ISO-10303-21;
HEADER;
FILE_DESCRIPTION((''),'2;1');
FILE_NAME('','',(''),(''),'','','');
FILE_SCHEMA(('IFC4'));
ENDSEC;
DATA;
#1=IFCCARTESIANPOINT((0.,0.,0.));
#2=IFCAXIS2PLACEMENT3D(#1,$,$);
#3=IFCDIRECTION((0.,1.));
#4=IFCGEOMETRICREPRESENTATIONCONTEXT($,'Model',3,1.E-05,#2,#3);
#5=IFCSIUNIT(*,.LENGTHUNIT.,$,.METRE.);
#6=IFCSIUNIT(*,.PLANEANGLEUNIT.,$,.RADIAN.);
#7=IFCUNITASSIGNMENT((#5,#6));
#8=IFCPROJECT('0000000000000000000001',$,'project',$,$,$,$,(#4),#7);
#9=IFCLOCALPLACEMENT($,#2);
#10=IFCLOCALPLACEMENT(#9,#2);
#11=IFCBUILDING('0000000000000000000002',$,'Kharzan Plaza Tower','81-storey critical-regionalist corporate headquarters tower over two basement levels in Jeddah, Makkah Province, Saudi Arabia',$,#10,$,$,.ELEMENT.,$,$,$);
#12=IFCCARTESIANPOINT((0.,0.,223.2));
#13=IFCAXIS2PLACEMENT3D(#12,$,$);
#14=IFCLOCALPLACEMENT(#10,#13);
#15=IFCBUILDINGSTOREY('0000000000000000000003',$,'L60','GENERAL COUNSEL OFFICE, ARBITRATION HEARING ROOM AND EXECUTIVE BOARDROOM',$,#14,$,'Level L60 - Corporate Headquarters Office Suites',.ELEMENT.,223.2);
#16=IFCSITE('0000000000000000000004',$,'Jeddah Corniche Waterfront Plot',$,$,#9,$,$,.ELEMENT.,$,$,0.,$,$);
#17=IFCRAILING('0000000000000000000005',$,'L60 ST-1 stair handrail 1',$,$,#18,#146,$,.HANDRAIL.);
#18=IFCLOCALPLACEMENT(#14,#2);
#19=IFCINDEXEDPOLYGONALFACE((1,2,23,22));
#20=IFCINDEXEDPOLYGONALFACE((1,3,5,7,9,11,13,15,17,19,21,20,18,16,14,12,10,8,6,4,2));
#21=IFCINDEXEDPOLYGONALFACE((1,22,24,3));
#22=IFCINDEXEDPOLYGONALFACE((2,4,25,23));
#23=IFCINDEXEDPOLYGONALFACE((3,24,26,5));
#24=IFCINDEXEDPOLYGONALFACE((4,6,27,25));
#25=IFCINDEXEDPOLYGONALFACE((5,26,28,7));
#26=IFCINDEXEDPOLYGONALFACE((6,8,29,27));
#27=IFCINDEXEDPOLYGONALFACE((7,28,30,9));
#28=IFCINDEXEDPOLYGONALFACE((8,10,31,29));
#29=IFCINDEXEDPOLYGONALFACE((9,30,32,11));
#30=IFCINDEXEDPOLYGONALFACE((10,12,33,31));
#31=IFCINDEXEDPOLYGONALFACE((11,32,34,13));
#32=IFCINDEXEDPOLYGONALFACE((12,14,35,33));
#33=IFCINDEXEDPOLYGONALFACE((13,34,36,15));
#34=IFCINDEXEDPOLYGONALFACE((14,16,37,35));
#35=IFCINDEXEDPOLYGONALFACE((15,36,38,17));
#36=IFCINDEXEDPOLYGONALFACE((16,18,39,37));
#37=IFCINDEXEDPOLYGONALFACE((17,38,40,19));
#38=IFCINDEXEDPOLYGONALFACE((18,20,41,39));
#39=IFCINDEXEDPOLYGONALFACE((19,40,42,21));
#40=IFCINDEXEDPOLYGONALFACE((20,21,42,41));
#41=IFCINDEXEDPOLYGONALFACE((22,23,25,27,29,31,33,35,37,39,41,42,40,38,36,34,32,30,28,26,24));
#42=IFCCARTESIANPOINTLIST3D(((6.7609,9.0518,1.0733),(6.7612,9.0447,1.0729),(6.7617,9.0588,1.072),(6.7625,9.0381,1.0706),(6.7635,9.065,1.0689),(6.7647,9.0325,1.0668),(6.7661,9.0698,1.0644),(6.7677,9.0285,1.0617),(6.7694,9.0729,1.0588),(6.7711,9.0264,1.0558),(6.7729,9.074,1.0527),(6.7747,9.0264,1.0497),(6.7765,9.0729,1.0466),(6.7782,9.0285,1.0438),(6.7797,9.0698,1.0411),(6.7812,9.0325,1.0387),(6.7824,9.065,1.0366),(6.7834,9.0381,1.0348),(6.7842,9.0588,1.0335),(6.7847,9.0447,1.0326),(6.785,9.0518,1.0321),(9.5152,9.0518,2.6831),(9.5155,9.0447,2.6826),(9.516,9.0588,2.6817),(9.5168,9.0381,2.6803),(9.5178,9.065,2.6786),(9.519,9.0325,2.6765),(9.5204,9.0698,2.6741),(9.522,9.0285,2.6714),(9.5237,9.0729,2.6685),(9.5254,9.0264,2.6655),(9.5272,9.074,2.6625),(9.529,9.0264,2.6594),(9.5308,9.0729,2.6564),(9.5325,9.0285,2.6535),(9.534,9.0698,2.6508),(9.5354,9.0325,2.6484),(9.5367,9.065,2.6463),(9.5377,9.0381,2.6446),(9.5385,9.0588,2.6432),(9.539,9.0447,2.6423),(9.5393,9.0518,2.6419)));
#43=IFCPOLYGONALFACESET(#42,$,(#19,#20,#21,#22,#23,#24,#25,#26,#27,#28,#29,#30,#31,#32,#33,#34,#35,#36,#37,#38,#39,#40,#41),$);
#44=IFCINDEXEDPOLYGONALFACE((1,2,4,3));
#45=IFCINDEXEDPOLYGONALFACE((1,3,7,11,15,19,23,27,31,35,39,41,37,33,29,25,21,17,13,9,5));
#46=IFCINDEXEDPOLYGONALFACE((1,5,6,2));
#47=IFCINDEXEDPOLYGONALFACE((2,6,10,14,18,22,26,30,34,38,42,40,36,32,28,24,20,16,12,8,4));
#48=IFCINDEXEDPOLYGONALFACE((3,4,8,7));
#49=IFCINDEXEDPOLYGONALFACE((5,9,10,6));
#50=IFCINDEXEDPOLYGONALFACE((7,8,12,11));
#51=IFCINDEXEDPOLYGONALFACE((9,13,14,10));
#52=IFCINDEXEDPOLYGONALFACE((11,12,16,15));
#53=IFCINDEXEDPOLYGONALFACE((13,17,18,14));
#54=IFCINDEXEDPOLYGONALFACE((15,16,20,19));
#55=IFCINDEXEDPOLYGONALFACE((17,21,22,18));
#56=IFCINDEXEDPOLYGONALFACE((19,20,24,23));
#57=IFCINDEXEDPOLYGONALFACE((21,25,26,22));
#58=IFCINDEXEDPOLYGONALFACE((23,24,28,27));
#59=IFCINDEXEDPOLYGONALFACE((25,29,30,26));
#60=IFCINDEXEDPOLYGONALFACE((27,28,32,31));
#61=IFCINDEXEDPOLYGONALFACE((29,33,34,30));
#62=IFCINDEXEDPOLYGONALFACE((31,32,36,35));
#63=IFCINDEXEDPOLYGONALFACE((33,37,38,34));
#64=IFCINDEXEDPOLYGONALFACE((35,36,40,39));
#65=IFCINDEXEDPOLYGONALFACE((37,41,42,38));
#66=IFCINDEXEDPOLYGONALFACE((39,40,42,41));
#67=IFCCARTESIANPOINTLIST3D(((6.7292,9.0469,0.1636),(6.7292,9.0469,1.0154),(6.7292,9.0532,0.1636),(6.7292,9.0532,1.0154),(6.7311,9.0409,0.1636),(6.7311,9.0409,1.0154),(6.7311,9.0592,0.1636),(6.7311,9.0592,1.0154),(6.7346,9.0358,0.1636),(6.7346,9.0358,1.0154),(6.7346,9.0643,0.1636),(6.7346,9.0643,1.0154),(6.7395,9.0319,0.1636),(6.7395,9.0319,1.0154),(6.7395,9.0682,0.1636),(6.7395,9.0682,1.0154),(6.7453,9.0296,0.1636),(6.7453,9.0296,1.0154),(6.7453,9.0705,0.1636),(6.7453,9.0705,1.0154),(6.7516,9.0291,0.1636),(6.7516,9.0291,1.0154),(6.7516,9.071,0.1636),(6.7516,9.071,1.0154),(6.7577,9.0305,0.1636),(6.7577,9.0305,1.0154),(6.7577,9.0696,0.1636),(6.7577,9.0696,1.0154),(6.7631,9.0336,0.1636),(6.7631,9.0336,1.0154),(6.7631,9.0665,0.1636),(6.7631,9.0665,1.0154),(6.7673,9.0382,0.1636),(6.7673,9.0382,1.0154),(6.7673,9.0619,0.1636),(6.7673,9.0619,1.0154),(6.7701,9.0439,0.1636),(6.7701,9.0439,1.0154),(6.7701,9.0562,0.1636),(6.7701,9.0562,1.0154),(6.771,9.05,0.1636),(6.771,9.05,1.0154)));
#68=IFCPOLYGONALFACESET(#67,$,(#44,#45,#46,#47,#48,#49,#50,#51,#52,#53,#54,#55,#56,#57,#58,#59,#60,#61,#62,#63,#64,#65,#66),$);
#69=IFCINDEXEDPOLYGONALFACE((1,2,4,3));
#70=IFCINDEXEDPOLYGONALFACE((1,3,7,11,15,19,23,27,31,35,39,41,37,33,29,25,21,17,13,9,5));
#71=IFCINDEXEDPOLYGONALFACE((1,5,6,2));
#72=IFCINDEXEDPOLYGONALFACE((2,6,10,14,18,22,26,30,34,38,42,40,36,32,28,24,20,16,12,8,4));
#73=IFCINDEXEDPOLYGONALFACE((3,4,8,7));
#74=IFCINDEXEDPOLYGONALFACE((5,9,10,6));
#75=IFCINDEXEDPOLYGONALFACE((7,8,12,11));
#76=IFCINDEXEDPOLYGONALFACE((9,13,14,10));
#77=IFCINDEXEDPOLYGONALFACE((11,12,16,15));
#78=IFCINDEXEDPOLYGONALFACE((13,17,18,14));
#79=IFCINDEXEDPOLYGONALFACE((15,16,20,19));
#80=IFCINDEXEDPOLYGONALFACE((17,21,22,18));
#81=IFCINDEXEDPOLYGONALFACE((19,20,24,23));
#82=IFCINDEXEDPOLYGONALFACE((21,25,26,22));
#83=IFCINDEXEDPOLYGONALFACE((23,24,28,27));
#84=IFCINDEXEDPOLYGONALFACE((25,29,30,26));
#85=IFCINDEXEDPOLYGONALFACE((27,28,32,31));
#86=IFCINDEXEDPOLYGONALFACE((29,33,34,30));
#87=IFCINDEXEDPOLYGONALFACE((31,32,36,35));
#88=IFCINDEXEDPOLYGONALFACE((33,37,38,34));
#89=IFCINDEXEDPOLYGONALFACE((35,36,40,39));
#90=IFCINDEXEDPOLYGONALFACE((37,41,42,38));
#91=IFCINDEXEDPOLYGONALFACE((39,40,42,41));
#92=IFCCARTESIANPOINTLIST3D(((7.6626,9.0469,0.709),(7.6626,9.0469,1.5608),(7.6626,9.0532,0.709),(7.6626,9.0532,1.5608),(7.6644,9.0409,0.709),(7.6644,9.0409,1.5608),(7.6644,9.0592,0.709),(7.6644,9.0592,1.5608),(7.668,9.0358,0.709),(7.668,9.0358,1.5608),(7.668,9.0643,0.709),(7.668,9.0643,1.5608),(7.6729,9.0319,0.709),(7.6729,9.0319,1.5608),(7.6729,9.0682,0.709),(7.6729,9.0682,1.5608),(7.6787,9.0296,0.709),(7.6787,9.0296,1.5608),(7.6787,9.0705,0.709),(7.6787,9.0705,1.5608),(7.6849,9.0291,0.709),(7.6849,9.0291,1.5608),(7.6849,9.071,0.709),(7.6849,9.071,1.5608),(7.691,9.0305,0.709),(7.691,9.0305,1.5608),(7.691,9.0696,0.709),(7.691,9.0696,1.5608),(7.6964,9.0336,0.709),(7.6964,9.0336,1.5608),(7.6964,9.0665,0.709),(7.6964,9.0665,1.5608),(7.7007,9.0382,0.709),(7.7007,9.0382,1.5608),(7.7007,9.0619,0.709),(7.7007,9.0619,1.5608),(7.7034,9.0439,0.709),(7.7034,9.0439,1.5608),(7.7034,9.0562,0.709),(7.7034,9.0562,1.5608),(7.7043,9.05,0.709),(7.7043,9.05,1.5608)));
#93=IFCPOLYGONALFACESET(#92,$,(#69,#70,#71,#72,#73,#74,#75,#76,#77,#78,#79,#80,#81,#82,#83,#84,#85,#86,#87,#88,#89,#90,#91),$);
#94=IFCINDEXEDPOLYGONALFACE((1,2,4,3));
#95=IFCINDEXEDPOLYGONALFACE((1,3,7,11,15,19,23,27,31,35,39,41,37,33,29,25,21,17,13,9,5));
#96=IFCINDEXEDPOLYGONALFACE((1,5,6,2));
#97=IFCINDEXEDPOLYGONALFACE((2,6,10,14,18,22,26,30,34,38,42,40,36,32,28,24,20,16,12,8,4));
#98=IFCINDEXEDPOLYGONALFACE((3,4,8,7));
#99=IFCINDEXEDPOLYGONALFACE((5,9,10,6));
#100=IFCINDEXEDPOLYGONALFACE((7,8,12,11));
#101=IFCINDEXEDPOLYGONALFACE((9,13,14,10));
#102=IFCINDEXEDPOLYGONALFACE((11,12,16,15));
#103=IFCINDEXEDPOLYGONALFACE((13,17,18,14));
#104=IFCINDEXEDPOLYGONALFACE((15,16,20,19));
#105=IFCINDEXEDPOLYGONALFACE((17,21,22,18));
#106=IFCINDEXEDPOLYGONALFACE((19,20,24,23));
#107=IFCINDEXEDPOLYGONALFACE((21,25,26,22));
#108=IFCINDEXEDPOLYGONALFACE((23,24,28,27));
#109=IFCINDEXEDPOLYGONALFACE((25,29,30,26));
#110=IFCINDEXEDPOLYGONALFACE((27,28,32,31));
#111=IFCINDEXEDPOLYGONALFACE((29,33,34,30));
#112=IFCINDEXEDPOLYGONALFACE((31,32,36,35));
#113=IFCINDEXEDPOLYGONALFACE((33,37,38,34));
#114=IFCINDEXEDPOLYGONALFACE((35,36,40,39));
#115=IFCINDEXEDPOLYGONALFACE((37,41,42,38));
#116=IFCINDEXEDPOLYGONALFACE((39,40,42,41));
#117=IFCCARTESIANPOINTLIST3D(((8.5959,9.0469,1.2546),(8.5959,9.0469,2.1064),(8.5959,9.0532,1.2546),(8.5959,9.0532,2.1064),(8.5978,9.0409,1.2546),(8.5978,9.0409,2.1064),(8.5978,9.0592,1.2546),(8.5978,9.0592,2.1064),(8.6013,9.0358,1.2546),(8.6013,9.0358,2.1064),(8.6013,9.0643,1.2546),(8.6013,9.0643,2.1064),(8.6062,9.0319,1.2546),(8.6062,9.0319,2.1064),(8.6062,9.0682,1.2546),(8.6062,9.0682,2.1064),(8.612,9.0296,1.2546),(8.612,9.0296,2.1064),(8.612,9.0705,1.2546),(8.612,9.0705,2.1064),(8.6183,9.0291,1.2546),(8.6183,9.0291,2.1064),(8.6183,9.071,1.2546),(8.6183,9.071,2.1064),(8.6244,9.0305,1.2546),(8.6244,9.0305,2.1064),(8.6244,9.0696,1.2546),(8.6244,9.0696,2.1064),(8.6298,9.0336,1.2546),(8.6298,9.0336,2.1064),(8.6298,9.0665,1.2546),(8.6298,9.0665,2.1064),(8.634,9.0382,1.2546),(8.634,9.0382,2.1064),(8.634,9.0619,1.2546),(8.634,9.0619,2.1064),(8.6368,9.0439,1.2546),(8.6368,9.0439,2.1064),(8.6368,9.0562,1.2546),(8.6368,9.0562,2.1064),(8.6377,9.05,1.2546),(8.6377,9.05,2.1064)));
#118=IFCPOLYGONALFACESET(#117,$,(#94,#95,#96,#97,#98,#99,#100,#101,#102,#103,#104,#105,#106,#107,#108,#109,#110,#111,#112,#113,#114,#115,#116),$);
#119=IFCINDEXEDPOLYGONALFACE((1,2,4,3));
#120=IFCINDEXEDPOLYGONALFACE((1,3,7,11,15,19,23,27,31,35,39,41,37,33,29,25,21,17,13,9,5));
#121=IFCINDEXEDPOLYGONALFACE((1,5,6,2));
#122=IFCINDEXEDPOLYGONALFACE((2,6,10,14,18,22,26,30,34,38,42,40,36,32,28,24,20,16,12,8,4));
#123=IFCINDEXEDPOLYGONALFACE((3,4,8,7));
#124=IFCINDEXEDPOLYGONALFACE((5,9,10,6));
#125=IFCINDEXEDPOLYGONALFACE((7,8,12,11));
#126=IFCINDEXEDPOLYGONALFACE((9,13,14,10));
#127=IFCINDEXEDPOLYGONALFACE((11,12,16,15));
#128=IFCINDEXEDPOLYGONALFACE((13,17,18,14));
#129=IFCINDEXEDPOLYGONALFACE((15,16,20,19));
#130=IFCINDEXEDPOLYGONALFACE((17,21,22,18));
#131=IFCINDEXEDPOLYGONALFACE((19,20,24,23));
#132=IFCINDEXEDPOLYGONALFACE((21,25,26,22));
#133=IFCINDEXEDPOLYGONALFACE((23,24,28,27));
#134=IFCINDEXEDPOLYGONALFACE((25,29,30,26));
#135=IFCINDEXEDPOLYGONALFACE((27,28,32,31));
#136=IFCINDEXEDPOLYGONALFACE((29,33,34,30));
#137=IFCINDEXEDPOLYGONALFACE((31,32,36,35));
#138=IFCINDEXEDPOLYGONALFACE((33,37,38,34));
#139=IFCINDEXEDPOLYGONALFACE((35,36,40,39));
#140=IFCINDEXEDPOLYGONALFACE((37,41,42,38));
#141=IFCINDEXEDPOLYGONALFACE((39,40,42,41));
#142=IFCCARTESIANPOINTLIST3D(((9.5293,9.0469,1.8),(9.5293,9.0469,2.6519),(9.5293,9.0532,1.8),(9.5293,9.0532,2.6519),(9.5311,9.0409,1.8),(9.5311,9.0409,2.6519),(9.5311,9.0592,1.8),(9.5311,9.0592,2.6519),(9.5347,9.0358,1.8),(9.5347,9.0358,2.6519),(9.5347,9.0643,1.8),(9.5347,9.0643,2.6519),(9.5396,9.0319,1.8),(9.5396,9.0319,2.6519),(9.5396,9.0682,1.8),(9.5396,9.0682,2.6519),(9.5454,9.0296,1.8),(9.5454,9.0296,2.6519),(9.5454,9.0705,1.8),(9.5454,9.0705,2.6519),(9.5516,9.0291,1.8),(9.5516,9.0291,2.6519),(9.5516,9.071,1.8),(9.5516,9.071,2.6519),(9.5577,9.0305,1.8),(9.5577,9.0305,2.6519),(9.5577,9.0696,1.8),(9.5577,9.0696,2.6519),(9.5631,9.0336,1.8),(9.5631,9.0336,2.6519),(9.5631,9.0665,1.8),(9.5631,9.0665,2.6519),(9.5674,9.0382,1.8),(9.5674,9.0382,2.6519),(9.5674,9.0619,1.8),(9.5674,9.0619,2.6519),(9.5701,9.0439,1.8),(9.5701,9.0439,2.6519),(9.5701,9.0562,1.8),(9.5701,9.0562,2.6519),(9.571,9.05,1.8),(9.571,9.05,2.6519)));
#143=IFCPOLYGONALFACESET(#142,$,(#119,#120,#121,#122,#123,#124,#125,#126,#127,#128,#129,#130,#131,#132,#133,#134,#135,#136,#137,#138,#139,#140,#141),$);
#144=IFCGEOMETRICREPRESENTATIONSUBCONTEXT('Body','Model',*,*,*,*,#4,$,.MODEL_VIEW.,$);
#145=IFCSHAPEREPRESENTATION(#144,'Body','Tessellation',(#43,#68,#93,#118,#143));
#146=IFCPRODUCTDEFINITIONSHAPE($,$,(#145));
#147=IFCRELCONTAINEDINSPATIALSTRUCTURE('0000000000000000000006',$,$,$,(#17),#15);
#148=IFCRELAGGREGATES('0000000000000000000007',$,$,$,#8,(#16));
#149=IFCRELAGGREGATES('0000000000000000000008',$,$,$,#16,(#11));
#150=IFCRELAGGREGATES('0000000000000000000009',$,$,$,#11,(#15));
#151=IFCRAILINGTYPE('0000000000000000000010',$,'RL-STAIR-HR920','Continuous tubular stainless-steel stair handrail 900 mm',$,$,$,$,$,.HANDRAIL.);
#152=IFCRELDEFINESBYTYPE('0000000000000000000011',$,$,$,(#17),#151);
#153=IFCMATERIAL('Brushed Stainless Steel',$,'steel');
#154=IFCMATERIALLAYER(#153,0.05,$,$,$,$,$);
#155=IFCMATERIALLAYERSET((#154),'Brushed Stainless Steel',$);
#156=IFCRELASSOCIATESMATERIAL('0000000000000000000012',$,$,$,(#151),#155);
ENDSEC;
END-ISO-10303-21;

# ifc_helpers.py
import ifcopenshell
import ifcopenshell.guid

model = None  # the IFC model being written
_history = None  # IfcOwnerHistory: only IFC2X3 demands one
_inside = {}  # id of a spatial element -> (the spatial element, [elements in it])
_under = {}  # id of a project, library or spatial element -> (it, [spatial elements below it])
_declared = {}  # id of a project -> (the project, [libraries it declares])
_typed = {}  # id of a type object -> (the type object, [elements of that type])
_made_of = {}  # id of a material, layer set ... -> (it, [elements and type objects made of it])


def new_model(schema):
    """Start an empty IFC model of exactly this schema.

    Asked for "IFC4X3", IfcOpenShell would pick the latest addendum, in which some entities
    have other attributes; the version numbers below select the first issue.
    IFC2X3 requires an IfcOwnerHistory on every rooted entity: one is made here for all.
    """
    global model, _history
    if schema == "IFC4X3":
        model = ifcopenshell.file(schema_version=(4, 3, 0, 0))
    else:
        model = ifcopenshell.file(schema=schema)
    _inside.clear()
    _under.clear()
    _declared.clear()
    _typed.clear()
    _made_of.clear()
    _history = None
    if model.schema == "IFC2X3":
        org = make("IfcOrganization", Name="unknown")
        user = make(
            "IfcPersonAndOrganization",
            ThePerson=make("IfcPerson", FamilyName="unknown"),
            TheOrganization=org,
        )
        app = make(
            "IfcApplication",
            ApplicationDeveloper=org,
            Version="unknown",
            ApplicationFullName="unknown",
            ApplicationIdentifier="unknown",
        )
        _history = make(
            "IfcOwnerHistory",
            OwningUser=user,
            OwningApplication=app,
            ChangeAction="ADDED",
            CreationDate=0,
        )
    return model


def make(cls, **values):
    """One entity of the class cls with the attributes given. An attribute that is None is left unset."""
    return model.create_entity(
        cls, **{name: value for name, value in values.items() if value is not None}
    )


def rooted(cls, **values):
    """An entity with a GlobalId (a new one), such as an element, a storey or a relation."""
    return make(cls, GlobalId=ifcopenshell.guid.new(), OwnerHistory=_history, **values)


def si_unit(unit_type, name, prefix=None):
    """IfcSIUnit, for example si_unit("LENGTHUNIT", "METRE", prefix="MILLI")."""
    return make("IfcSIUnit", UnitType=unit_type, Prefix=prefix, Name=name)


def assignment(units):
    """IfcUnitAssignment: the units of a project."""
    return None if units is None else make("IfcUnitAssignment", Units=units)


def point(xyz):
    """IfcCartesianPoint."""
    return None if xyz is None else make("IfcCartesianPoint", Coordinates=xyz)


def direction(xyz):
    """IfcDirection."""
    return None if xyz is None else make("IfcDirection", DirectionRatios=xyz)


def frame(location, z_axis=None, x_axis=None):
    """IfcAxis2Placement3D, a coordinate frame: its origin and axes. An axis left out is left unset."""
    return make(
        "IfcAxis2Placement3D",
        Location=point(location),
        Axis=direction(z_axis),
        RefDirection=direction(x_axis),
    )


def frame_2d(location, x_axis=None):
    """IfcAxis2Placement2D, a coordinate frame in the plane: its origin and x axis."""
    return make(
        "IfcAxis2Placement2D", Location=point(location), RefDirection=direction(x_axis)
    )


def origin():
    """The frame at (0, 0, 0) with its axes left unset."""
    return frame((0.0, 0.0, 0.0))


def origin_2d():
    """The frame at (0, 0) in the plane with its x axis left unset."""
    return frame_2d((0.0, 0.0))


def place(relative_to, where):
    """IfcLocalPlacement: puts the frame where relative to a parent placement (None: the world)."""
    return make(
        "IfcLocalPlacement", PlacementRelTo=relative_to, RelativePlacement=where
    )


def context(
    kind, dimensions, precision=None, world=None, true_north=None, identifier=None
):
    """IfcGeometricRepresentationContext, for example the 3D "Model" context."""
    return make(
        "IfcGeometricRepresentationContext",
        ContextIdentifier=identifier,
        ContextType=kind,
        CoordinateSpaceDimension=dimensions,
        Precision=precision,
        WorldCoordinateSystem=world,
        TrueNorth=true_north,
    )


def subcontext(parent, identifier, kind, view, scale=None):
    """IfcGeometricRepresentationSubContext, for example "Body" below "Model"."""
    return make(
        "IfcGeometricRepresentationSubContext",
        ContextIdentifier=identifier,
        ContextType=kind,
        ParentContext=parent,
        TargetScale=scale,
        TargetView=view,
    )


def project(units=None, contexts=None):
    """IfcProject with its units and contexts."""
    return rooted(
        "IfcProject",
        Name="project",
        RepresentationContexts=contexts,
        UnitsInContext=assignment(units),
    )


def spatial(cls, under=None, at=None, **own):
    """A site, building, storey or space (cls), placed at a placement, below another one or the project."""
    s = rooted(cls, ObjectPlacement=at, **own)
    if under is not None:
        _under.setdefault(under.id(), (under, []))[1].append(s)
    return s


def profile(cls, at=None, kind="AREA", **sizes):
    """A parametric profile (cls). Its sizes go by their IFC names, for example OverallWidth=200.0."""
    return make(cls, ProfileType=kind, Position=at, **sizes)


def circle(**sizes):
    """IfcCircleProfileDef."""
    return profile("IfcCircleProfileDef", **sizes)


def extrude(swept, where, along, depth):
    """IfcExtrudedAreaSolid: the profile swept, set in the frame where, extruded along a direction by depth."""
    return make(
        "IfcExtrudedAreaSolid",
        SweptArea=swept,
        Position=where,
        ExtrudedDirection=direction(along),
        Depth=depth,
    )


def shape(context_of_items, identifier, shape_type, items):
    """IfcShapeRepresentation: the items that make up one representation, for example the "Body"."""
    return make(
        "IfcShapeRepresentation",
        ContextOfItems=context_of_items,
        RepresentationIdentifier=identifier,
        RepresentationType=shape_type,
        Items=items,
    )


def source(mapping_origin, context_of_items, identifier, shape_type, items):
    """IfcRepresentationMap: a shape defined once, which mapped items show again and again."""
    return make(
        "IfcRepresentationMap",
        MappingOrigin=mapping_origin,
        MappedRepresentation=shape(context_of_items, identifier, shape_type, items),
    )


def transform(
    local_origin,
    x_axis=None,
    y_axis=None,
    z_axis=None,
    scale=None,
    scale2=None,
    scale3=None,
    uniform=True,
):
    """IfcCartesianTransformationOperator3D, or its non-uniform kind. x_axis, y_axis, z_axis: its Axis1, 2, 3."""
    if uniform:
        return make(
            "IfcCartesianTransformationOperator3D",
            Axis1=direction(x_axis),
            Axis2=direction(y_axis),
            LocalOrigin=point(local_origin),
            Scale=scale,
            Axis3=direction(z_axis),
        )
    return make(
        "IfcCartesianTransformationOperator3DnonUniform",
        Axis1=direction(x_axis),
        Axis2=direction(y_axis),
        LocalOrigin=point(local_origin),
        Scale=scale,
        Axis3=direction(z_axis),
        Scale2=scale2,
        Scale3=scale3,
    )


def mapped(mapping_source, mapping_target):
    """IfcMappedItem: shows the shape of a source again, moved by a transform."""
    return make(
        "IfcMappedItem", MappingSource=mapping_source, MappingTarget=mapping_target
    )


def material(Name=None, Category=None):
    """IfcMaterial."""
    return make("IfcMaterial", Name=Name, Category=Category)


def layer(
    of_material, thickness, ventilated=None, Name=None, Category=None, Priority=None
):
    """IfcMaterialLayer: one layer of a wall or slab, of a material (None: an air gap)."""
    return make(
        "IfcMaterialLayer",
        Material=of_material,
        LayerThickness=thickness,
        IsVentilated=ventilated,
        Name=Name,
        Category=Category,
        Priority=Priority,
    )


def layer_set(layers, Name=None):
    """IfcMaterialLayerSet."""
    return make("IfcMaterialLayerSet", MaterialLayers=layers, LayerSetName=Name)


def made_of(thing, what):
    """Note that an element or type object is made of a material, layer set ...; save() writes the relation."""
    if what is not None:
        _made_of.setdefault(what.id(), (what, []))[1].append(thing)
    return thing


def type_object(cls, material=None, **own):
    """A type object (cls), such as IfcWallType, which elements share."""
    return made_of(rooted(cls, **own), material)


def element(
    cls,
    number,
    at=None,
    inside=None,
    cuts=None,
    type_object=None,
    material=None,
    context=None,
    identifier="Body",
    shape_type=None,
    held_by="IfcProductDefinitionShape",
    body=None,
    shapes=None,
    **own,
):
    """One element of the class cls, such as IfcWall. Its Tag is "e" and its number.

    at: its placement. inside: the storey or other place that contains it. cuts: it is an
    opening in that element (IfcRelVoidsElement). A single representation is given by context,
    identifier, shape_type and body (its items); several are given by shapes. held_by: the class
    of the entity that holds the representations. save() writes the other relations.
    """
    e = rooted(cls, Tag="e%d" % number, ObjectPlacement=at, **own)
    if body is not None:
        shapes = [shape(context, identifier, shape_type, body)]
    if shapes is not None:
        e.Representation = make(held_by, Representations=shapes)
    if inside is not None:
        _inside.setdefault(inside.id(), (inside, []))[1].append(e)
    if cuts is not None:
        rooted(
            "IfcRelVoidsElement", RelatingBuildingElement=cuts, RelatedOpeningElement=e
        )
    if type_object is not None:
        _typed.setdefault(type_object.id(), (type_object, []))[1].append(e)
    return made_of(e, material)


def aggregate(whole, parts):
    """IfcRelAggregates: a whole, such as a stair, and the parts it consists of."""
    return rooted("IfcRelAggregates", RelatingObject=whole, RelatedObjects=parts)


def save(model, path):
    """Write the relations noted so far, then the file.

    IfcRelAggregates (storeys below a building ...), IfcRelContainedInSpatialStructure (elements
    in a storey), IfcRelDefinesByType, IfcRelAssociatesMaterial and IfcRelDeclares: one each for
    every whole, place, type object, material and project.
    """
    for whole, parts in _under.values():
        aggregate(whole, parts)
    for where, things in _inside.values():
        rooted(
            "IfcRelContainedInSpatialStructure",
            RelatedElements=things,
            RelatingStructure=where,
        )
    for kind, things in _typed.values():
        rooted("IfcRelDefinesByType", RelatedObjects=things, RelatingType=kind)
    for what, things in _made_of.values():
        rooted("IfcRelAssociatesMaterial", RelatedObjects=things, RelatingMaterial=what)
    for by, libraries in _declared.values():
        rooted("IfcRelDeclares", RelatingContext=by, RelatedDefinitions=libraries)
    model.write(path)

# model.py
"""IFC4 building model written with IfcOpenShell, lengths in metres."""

from ifc_helpers import new_model, si_unit, direction, frame, origin, origin_2d, place, context, subcontext, project, spatial, circle, extrude, source, transform, mapped, material, layer, layer_set, type_object, element, save


model = new_model("IFC4")

# Units and contexts
model_context = context("Model", 3, precision=1e-05, world=origin(), true_north=direction((0.0, 1.0)))
body_context = subcontext(model_context, "Body", "Model", "MODEL_VIEW")
ifc_project = project(units=[si_unit("LENGTHUNIT", "METRE"), si_unit("PLANEANGLEUNIT", "RADIAN")], contexts=[model_context])

# Site, building, storey
site_placement = place(None, origin())
site = spatial("IfcSite", under=ifc_project, at=site_placement, Name="Jeddah Corniche Waterfront Plot", CompositionType="ELEMENT", RefElevation=0.0)
building_placement = place(site_placement, origin())
building = spatial("IfcBuilding", under=site, at=building_placement, Name="Kharzan Plaza Tower", Description="81-storey critical-regionalist corporate headquarters tower over two basement levels in Jeddah, Makkah Province, Saudi Arabia", CompositionType="ELEMENT")
storey_placement = place(building_placement, frame((0.0, 0.0, 223.2)))
storey = spatial("IfcBuildingStorey", under=building, at=storey_placement, Name="L60", Description="GENERAL COUNSEL OFFICE, ARBITRATION HEARING ROOM AND EXECUTIVE BOARDROOM", LongName="Level L60 - Corporate Headquarters Office Suites", CompositionType="ELEMENT", Elevation=223.2)

# Railing
ifc_material_1 = material(Name="Brushed Stainless Steel", Category="steel")
ifc_layer_1 = layer(ifc_material_1, 0.05)
ifc_layer_set_1 = layer_set([ifc_layer_1], Name="Brushed Stainless Steel")
railing_type_1 = type_object("IfcRailingType", Name="RL-STAIR-HR920", Description="Continuous tubular stainless-steel stair handrail 900 mm", PredefinedType="HANDRAIL", material=ifc_layer_set_1)
shared_shape_1 = source(origin(), body_context, "Body", "SweptSolid", [
    extrude(circle(Radius=0.0239, at=origin_2d()), frame((0.0229, 0.0, 0.8892), z_axis=(0.863361, 0.0, 0.504587), x_axis=(0.0, 1.0, 0.0)), (0.0, 0.0, 1.0), 3.1902),
    extrude(circle(Radius=0.021, at=origin_2d()), origin(), (0.0, 0.0, 1.0), 0.8518),
    extrude(circle(Radius=0.021, at=origin_2d()), frame((0.9333, 0.0, 0.5454)), (0.0, 0.0, 1.0), 0.8518),
    extrude(circle(Radius=0.021, at=origin_2d()), frame((1.8667, 0.0, 1.0911)), (0.0, 0.0, 1.0), 0.8518),
    extrude(circle(Radius=0.021, at=origin_2d()), frame((2.8, 0.0, 1.6365)), (0.0, 0.0, 1.0), 0.8518),
])
railing_1_placement = place(storey_placement, frame((6.75, 9.05, 0.1636)))
element("IfcRailing", 1, at=railing_1_placement, inside=storey, type_object=railing_type_1, Name="L60 ST-1 stair handrail 1", PredefinedType="HANDRAIL", context=body_context, shape_type="MappedRepresentation", body=[
    mapped(shared_shape_1, transform((0.0, 0.0, 0.0), x_axis=(1.0, 0.0, 0.0), y_axis=(0.0, 1.0, 0.0), z_axis=(0.0, 0.0, 1.0))),
])

save(model, "model.ifc")
